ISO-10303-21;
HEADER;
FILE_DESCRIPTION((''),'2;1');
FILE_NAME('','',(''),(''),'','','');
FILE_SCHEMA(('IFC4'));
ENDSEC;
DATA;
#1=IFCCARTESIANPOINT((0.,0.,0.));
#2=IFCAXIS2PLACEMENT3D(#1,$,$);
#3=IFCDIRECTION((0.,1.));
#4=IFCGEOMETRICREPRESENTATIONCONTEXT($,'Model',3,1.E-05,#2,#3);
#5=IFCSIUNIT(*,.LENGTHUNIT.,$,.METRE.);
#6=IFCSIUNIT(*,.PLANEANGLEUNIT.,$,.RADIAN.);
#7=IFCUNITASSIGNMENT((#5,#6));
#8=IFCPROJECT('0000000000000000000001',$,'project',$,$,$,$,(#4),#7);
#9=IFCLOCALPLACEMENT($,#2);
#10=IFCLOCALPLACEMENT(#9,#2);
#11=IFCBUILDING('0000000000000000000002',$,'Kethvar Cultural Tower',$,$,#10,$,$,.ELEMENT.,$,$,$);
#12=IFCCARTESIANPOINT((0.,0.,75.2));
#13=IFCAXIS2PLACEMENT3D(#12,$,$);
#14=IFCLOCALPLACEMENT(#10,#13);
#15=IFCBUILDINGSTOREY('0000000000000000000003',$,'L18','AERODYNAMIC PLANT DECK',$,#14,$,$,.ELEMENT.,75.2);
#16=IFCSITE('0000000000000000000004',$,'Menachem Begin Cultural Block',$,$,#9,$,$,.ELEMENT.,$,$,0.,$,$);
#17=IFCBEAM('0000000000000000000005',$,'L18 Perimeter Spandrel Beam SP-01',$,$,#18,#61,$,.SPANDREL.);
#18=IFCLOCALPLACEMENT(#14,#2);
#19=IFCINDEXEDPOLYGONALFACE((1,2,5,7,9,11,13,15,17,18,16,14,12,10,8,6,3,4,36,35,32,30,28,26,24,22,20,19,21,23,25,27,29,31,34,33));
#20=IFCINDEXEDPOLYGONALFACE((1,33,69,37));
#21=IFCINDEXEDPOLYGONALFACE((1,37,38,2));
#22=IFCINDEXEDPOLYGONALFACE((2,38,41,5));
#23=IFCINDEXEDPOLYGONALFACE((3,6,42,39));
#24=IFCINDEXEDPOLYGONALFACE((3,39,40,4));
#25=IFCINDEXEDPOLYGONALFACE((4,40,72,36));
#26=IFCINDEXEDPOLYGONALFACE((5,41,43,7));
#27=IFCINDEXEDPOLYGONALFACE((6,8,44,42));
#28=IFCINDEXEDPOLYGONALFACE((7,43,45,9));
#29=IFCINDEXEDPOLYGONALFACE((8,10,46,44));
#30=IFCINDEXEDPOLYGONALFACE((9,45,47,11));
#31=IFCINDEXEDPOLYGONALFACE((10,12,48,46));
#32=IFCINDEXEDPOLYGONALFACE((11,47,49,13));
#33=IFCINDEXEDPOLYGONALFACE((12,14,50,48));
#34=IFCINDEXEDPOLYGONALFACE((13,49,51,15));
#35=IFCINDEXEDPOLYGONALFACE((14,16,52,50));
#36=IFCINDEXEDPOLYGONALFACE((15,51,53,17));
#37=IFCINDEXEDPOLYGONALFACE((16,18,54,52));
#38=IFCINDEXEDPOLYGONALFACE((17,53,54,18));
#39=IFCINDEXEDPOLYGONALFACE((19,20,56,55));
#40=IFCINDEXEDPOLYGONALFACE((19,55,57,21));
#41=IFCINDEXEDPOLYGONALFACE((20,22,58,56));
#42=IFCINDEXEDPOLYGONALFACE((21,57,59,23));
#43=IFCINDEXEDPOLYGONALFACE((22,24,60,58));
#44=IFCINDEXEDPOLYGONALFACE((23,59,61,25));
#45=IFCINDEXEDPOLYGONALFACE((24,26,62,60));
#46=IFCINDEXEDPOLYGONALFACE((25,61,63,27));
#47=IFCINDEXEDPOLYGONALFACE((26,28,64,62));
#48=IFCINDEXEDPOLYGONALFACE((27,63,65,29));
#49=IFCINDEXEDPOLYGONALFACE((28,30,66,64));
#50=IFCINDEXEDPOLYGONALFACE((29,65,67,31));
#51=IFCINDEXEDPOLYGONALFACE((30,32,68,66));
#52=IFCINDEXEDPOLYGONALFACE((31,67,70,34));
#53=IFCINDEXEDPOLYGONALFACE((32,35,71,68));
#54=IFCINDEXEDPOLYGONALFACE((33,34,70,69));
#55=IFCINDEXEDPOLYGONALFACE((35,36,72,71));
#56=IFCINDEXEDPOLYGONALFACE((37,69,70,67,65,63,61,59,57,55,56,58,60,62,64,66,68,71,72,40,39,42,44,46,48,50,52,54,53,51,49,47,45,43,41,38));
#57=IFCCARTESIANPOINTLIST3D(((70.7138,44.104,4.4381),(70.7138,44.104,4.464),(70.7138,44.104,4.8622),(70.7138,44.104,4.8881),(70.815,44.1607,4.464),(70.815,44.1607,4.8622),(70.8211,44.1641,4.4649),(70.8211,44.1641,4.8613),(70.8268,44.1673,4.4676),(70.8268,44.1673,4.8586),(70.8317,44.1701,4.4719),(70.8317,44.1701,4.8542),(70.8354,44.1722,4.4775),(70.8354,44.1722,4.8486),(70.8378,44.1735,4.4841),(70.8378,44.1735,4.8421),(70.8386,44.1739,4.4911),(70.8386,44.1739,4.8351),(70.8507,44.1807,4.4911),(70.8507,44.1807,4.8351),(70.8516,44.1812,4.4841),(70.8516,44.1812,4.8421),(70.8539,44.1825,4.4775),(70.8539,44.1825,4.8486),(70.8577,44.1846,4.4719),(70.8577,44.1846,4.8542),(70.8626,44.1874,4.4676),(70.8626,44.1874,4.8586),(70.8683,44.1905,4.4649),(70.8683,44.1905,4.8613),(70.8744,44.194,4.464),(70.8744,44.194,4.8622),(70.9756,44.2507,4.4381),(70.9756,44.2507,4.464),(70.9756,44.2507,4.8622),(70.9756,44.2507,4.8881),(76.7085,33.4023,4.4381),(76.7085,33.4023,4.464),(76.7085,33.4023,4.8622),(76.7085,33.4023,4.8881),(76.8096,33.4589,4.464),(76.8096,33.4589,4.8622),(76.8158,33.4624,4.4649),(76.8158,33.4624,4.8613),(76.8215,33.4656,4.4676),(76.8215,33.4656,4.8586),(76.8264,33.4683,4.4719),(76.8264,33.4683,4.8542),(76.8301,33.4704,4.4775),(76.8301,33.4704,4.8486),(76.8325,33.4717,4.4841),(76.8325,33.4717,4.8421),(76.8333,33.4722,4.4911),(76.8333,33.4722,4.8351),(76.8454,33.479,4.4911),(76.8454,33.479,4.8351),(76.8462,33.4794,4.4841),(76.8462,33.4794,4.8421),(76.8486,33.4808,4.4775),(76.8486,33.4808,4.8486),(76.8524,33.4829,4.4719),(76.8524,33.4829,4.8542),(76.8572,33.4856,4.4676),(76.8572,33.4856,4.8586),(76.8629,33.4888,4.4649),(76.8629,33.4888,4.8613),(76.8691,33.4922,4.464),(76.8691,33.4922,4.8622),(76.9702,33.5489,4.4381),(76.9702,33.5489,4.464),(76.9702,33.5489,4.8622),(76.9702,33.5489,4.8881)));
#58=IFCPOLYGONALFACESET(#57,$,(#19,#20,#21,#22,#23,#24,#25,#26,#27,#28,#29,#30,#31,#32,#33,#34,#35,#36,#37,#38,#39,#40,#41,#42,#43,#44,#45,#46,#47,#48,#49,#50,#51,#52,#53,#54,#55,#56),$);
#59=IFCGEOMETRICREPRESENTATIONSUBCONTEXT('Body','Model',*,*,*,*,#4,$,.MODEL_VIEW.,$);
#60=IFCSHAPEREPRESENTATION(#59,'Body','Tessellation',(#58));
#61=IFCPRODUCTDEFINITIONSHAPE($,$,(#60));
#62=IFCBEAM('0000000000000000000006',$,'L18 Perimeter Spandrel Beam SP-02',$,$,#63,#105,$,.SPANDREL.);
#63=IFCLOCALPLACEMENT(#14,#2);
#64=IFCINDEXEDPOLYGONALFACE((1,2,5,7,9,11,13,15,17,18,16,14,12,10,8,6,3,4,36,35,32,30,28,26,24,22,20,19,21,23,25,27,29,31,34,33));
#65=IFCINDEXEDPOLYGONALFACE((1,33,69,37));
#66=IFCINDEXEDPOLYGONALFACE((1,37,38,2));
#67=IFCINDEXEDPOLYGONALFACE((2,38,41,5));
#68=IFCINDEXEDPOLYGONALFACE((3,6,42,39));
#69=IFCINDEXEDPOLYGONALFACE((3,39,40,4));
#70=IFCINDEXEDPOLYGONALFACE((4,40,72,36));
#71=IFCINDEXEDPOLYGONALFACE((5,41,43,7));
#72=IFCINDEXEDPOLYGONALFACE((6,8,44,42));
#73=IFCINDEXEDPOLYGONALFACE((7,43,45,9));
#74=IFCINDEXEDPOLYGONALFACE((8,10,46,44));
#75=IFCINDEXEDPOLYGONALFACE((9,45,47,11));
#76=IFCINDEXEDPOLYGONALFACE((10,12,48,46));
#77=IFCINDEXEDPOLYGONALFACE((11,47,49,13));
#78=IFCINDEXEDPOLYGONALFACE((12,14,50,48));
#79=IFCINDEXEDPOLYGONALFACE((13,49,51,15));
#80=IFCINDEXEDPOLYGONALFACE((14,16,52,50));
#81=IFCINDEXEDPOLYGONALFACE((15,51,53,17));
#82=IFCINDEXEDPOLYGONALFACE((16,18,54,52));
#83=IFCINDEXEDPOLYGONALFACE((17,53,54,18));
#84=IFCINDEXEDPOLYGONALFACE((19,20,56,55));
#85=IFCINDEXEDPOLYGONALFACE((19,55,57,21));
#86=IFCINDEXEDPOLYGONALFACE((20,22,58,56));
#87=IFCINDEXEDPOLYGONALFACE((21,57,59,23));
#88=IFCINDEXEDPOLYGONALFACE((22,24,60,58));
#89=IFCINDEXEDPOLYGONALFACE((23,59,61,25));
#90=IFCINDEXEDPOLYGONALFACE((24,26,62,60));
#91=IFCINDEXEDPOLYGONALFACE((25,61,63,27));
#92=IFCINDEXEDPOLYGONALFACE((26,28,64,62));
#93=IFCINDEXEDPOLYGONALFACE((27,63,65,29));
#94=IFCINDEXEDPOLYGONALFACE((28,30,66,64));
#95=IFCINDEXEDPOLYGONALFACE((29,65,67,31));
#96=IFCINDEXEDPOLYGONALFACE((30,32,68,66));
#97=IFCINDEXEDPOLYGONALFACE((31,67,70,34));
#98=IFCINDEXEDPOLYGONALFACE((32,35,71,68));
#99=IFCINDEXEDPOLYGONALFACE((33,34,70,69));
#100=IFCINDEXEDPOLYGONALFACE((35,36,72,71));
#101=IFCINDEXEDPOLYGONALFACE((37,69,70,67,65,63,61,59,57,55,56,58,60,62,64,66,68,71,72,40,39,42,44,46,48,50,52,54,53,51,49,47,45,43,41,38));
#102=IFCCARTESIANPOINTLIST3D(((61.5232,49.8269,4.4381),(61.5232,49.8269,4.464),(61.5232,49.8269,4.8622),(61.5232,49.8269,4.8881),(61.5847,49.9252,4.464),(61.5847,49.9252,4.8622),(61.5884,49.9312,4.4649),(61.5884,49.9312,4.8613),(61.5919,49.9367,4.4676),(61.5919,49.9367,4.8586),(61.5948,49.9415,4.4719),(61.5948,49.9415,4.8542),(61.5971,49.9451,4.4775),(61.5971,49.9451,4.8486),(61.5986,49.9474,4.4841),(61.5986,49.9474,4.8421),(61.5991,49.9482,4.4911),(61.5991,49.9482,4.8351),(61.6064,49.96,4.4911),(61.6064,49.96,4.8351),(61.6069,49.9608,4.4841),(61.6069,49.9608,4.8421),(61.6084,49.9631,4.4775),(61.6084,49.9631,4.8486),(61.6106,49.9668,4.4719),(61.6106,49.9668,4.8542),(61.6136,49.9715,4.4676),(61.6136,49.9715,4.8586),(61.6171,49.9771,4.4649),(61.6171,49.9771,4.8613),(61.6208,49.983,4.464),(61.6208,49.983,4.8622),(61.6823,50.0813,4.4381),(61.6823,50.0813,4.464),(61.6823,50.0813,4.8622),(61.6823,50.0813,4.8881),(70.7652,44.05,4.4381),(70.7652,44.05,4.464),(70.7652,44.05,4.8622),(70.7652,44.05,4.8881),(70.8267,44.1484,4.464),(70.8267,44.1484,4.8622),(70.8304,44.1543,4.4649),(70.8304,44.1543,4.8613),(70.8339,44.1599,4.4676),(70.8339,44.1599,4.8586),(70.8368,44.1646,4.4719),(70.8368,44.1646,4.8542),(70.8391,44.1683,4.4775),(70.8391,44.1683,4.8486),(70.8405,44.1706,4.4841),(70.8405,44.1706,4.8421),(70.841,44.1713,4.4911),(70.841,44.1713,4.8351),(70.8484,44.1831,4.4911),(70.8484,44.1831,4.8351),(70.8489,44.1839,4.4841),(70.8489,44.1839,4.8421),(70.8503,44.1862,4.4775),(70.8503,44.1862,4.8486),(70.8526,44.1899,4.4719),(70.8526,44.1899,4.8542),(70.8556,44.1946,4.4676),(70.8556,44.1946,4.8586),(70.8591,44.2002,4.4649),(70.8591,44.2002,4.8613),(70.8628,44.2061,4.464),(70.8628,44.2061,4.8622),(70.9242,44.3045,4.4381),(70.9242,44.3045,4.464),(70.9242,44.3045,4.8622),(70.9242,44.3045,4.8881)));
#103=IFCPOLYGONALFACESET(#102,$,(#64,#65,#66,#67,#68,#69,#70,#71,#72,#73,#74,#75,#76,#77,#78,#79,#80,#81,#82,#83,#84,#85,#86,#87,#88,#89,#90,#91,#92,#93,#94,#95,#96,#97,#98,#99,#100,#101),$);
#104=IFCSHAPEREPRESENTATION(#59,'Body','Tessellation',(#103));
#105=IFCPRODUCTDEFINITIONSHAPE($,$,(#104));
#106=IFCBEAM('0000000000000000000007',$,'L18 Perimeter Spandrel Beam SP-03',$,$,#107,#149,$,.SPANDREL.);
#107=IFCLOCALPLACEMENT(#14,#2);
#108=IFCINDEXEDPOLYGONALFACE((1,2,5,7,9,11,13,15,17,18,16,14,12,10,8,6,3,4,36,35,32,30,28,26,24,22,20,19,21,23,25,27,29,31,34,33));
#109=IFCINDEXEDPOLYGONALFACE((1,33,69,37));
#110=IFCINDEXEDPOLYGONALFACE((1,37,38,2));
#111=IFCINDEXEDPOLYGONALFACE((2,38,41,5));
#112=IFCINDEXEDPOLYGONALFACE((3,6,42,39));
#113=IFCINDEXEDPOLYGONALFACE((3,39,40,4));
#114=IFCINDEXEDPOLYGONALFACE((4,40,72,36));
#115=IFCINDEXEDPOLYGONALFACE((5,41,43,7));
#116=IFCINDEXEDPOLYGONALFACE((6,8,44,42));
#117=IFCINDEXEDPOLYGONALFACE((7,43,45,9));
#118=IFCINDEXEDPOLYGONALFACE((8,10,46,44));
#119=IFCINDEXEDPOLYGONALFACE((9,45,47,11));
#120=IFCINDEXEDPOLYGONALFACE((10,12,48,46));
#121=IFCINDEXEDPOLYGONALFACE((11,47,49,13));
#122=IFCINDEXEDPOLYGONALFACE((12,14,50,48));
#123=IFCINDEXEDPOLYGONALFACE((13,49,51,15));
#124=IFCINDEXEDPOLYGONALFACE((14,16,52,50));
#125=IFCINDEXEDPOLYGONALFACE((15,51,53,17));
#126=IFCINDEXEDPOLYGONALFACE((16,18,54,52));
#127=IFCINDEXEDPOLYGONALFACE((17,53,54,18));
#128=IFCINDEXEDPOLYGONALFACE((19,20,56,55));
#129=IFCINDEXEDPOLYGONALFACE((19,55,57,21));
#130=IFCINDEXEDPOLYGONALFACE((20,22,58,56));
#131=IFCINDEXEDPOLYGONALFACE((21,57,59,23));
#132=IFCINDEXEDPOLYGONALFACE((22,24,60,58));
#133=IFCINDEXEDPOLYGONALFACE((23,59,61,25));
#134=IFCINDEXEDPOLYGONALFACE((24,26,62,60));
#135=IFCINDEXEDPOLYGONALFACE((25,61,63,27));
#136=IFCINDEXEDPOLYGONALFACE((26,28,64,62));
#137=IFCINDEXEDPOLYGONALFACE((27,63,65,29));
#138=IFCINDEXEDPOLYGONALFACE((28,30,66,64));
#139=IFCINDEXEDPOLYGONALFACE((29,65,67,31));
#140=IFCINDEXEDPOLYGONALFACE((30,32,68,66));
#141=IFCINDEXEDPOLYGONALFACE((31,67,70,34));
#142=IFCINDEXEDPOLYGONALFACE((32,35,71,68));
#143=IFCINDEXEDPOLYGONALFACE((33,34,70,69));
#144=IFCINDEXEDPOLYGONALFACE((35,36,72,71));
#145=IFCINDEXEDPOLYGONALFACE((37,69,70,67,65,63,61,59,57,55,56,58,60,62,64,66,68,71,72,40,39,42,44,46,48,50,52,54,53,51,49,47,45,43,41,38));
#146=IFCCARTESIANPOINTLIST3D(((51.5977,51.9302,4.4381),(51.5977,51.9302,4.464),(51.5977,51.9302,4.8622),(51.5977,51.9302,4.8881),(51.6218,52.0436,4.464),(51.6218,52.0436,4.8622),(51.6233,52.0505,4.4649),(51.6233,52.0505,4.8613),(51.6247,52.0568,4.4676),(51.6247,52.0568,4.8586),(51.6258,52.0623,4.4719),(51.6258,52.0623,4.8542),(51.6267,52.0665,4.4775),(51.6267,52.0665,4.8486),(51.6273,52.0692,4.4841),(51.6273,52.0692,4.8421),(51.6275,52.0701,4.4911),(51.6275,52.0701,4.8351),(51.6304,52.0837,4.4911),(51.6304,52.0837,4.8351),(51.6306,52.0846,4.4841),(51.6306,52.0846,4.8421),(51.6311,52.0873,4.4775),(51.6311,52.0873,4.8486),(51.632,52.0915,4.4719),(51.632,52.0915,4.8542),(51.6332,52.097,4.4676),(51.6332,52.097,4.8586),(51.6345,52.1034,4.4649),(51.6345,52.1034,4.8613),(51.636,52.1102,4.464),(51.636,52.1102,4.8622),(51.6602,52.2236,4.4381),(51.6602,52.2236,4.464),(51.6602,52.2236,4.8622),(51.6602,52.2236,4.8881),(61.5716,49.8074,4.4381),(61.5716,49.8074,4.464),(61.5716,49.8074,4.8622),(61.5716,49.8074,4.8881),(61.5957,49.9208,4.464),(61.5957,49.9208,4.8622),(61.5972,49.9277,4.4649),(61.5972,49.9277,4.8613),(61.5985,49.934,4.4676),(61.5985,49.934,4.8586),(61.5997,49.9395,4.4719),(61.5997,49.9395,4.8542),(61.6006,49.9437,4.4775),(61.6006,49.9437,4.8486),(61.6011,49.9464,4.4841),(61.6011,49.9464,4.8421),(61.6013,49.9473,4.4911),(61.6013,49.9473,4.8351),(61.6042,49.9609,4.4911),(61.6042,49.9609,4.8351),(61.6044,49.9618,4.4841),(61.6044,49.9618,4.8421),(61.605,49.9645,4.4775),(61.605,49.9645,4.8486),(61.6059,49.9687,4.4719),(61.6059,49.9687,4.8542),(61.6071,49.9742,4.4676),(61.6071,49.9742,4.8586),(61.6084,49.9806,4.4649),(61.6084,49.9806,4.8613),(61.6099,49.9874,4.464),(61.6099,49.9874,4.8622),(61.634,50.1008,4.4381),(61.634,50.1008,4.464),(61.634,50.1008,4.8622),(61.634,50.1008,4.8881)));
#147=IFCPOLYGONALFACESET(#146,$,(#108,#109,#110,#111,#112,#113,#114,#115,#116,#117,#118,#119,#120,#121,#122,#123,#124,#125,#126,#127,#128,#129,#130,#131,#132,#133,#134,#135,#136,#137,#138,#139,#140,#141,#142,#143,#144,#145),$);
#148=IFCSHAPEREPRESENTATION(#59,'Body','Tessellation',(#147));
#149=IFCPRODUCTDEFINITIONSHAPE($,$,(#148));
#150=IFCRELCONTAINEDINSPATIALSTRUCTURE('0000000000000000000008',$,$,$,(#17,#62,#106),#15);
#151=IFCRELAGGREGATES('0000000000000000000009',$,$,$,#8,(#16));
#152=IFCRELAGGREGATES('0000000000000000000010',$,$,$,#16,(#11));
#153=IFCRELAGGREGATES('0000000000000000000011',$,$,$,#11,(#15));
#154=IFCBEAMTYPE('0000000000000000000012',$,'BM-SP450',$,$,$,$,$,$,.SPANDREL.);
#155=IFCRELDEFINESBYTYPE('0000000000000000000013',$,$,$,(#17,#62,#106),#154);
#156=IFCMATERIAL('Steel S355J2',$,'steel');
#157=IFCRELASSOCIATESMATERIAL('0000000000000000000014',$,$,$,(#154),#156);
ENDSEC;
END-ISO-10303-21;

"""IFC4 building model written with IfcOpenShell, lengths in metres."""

from ifc_helpers import new_model, si_unit, direction, frame, origin, origin_2d, place, context, subcontext, project, spatial, i_section, extrude, source, transform, mapped, material, material_profile, profile_set, type_object, element, save


model = new_model("IFC4")

# Units and contexts
model_context = context("Model", 3, precision=1e-05, world=origin(), true_north=direction((0.0, 1.0)))
body_context = subcontext(model_context, "Body", "Model", "MODEL_VIEW")
ifc_project = project(units=[si_unit("LENGTHUNIT", "METRE"), si_unit("PLANEANGLEUNIT", "RADIAN")], contexts=[model_context])

# Site, building, storey
site_placement = place(None, origin())
site = spatial("IfcSite", under=ifc_project, at=site_placement, Name="Menachem Begin Cultural Block", CompositionType="ELEMENT", RefElevation=0.0)
building_placement = place(site_placement, origin())
building = spatial("IfcBuilding", under=site, at=building_placement, Name="Kethvar Cultural Tower", CompositionType="ELEMENT")
storey_placement = place(building_placement, frame((0.0, 0.0, 75.2)))
storey = spatial("IfcBuildingStorey", under=building, at=storey_placement, Name="L18", Description="AERODYNAMIC PLANT DECK", CompositionType="ELEMENT", Elevation=75.2)

# Beams
ifc_material_1 = material(Name="Steel S355J2", Category="steel")
ifc_material_profile_1 = material_profile(ifc_material_1, i_section(OverallWidth=0.3, OverallDepth=0.45, WebThickness=0.0139, FlangeThickness=0.0259, FilletRadius=0.0271, at=origin_2d()), Name="Steel S355J2 — HEB450")
ifc_profile_set_1 = profile_set([ifc_material_profile_1], Name="Steel S355J2 — HEB450")
beam_type_1 = type_object("IfcBeamType", Name="BM-SP450", PredefinedType="SPANDREL", material=ifc_profile_set_1)
shared_shape_1 = source(origin(), body_context, "Body", "SweptSolid", [
    extrude(i_section(OverallWidth=0.3, OverallDepth=0.45, WebThickness=0.0139, FlangeThickness=0.0259, FilletRadius=0.0271, at=origin_2d()), origin(), (0.0, 0.0, 1.0), 12.2664),
])
beam_1_placement = place(storey_placement, frame((76.8394, 33.4756, 4.6631), z_axis=(-0.488709, 0.872447, 0.0), x_axis=(-0.872447, -0.488709, 0.0)))
element("IfcBeam", 1, at=beam_1_placement, inside=storey, type_object=beam_type_1, Name="L18 Perimeter Spandrel Beam SP-01", PredefinedType="SPANDREL", context=body_context, shape_type="MappedRepresentation", body=[
    mapped(shared_shape_1, transform((0.0, 0.0, 0.0), scale=1.0)),
])
shared_shape_2 = source(origin(), body_context, "Body", "SweptSolid", [
    extrude(i_section(OverallWidth=0.3, OverallDepth=0.45, WebThickness=0.0139, FlangeThickness=0.0259, FilletRadius=0.0271, at=origin_2d()), origin(), (0.0, 0.0, 1.0), 10.8989),
])
beam_2_placement = place(storey_placement, frame((70.8447, 44.1772, 4.6631), z_axis=(-0.847972, 0.530041, 0.0), x_axis=(-0.530041, -0.847972, 0.0)))
element("IfcBeam", 2, at=beam_2_placement, inside=storey, type_object=beam_type_1, Name="L18 Perimeter Spandrel Beam SP-02", PredefinedType="SPANDREL", context=body_context, shape_type="MappedRepresentation", body=[
    mapped(shared_shape_2, transform((0.0, 0.0, 0.0), scale=1.0)),
])
shared_shape_3 = source(origin(), body_context, "Body", "SweptSolid", [
    extrude(i_section(OverallWidth=0.3, OverallDepth=0.45, WebThickness=0.0139, FlangeThickness=0.0259, FilletRadius=0.0271, at=origin_2d()), origin(), (0.0, 0.0, 1.0), 10.1973),
])
beam_3_placement = place(storey_placement, frame((61.6028, 49.9541, 4.6631), z_axis=(-0.978092, 0.208173, 0.0), x_axis=(-0.208173, -0.978092, 0.0)))
element("IfcBeam", 3, at=beam_3_placement, inside=storey, type_object=beam_type_1, Name="L18 Perimeter Spandrel Beam SP-03", PredefinedType="SPANDREL", context=body_context, shape_type="MappedRepresentation", body=[
    mapped(shared_shape_3, transform((0.0, 0.0, 0.0), scale=1.0)),
])

save(model, "model.ifc")
